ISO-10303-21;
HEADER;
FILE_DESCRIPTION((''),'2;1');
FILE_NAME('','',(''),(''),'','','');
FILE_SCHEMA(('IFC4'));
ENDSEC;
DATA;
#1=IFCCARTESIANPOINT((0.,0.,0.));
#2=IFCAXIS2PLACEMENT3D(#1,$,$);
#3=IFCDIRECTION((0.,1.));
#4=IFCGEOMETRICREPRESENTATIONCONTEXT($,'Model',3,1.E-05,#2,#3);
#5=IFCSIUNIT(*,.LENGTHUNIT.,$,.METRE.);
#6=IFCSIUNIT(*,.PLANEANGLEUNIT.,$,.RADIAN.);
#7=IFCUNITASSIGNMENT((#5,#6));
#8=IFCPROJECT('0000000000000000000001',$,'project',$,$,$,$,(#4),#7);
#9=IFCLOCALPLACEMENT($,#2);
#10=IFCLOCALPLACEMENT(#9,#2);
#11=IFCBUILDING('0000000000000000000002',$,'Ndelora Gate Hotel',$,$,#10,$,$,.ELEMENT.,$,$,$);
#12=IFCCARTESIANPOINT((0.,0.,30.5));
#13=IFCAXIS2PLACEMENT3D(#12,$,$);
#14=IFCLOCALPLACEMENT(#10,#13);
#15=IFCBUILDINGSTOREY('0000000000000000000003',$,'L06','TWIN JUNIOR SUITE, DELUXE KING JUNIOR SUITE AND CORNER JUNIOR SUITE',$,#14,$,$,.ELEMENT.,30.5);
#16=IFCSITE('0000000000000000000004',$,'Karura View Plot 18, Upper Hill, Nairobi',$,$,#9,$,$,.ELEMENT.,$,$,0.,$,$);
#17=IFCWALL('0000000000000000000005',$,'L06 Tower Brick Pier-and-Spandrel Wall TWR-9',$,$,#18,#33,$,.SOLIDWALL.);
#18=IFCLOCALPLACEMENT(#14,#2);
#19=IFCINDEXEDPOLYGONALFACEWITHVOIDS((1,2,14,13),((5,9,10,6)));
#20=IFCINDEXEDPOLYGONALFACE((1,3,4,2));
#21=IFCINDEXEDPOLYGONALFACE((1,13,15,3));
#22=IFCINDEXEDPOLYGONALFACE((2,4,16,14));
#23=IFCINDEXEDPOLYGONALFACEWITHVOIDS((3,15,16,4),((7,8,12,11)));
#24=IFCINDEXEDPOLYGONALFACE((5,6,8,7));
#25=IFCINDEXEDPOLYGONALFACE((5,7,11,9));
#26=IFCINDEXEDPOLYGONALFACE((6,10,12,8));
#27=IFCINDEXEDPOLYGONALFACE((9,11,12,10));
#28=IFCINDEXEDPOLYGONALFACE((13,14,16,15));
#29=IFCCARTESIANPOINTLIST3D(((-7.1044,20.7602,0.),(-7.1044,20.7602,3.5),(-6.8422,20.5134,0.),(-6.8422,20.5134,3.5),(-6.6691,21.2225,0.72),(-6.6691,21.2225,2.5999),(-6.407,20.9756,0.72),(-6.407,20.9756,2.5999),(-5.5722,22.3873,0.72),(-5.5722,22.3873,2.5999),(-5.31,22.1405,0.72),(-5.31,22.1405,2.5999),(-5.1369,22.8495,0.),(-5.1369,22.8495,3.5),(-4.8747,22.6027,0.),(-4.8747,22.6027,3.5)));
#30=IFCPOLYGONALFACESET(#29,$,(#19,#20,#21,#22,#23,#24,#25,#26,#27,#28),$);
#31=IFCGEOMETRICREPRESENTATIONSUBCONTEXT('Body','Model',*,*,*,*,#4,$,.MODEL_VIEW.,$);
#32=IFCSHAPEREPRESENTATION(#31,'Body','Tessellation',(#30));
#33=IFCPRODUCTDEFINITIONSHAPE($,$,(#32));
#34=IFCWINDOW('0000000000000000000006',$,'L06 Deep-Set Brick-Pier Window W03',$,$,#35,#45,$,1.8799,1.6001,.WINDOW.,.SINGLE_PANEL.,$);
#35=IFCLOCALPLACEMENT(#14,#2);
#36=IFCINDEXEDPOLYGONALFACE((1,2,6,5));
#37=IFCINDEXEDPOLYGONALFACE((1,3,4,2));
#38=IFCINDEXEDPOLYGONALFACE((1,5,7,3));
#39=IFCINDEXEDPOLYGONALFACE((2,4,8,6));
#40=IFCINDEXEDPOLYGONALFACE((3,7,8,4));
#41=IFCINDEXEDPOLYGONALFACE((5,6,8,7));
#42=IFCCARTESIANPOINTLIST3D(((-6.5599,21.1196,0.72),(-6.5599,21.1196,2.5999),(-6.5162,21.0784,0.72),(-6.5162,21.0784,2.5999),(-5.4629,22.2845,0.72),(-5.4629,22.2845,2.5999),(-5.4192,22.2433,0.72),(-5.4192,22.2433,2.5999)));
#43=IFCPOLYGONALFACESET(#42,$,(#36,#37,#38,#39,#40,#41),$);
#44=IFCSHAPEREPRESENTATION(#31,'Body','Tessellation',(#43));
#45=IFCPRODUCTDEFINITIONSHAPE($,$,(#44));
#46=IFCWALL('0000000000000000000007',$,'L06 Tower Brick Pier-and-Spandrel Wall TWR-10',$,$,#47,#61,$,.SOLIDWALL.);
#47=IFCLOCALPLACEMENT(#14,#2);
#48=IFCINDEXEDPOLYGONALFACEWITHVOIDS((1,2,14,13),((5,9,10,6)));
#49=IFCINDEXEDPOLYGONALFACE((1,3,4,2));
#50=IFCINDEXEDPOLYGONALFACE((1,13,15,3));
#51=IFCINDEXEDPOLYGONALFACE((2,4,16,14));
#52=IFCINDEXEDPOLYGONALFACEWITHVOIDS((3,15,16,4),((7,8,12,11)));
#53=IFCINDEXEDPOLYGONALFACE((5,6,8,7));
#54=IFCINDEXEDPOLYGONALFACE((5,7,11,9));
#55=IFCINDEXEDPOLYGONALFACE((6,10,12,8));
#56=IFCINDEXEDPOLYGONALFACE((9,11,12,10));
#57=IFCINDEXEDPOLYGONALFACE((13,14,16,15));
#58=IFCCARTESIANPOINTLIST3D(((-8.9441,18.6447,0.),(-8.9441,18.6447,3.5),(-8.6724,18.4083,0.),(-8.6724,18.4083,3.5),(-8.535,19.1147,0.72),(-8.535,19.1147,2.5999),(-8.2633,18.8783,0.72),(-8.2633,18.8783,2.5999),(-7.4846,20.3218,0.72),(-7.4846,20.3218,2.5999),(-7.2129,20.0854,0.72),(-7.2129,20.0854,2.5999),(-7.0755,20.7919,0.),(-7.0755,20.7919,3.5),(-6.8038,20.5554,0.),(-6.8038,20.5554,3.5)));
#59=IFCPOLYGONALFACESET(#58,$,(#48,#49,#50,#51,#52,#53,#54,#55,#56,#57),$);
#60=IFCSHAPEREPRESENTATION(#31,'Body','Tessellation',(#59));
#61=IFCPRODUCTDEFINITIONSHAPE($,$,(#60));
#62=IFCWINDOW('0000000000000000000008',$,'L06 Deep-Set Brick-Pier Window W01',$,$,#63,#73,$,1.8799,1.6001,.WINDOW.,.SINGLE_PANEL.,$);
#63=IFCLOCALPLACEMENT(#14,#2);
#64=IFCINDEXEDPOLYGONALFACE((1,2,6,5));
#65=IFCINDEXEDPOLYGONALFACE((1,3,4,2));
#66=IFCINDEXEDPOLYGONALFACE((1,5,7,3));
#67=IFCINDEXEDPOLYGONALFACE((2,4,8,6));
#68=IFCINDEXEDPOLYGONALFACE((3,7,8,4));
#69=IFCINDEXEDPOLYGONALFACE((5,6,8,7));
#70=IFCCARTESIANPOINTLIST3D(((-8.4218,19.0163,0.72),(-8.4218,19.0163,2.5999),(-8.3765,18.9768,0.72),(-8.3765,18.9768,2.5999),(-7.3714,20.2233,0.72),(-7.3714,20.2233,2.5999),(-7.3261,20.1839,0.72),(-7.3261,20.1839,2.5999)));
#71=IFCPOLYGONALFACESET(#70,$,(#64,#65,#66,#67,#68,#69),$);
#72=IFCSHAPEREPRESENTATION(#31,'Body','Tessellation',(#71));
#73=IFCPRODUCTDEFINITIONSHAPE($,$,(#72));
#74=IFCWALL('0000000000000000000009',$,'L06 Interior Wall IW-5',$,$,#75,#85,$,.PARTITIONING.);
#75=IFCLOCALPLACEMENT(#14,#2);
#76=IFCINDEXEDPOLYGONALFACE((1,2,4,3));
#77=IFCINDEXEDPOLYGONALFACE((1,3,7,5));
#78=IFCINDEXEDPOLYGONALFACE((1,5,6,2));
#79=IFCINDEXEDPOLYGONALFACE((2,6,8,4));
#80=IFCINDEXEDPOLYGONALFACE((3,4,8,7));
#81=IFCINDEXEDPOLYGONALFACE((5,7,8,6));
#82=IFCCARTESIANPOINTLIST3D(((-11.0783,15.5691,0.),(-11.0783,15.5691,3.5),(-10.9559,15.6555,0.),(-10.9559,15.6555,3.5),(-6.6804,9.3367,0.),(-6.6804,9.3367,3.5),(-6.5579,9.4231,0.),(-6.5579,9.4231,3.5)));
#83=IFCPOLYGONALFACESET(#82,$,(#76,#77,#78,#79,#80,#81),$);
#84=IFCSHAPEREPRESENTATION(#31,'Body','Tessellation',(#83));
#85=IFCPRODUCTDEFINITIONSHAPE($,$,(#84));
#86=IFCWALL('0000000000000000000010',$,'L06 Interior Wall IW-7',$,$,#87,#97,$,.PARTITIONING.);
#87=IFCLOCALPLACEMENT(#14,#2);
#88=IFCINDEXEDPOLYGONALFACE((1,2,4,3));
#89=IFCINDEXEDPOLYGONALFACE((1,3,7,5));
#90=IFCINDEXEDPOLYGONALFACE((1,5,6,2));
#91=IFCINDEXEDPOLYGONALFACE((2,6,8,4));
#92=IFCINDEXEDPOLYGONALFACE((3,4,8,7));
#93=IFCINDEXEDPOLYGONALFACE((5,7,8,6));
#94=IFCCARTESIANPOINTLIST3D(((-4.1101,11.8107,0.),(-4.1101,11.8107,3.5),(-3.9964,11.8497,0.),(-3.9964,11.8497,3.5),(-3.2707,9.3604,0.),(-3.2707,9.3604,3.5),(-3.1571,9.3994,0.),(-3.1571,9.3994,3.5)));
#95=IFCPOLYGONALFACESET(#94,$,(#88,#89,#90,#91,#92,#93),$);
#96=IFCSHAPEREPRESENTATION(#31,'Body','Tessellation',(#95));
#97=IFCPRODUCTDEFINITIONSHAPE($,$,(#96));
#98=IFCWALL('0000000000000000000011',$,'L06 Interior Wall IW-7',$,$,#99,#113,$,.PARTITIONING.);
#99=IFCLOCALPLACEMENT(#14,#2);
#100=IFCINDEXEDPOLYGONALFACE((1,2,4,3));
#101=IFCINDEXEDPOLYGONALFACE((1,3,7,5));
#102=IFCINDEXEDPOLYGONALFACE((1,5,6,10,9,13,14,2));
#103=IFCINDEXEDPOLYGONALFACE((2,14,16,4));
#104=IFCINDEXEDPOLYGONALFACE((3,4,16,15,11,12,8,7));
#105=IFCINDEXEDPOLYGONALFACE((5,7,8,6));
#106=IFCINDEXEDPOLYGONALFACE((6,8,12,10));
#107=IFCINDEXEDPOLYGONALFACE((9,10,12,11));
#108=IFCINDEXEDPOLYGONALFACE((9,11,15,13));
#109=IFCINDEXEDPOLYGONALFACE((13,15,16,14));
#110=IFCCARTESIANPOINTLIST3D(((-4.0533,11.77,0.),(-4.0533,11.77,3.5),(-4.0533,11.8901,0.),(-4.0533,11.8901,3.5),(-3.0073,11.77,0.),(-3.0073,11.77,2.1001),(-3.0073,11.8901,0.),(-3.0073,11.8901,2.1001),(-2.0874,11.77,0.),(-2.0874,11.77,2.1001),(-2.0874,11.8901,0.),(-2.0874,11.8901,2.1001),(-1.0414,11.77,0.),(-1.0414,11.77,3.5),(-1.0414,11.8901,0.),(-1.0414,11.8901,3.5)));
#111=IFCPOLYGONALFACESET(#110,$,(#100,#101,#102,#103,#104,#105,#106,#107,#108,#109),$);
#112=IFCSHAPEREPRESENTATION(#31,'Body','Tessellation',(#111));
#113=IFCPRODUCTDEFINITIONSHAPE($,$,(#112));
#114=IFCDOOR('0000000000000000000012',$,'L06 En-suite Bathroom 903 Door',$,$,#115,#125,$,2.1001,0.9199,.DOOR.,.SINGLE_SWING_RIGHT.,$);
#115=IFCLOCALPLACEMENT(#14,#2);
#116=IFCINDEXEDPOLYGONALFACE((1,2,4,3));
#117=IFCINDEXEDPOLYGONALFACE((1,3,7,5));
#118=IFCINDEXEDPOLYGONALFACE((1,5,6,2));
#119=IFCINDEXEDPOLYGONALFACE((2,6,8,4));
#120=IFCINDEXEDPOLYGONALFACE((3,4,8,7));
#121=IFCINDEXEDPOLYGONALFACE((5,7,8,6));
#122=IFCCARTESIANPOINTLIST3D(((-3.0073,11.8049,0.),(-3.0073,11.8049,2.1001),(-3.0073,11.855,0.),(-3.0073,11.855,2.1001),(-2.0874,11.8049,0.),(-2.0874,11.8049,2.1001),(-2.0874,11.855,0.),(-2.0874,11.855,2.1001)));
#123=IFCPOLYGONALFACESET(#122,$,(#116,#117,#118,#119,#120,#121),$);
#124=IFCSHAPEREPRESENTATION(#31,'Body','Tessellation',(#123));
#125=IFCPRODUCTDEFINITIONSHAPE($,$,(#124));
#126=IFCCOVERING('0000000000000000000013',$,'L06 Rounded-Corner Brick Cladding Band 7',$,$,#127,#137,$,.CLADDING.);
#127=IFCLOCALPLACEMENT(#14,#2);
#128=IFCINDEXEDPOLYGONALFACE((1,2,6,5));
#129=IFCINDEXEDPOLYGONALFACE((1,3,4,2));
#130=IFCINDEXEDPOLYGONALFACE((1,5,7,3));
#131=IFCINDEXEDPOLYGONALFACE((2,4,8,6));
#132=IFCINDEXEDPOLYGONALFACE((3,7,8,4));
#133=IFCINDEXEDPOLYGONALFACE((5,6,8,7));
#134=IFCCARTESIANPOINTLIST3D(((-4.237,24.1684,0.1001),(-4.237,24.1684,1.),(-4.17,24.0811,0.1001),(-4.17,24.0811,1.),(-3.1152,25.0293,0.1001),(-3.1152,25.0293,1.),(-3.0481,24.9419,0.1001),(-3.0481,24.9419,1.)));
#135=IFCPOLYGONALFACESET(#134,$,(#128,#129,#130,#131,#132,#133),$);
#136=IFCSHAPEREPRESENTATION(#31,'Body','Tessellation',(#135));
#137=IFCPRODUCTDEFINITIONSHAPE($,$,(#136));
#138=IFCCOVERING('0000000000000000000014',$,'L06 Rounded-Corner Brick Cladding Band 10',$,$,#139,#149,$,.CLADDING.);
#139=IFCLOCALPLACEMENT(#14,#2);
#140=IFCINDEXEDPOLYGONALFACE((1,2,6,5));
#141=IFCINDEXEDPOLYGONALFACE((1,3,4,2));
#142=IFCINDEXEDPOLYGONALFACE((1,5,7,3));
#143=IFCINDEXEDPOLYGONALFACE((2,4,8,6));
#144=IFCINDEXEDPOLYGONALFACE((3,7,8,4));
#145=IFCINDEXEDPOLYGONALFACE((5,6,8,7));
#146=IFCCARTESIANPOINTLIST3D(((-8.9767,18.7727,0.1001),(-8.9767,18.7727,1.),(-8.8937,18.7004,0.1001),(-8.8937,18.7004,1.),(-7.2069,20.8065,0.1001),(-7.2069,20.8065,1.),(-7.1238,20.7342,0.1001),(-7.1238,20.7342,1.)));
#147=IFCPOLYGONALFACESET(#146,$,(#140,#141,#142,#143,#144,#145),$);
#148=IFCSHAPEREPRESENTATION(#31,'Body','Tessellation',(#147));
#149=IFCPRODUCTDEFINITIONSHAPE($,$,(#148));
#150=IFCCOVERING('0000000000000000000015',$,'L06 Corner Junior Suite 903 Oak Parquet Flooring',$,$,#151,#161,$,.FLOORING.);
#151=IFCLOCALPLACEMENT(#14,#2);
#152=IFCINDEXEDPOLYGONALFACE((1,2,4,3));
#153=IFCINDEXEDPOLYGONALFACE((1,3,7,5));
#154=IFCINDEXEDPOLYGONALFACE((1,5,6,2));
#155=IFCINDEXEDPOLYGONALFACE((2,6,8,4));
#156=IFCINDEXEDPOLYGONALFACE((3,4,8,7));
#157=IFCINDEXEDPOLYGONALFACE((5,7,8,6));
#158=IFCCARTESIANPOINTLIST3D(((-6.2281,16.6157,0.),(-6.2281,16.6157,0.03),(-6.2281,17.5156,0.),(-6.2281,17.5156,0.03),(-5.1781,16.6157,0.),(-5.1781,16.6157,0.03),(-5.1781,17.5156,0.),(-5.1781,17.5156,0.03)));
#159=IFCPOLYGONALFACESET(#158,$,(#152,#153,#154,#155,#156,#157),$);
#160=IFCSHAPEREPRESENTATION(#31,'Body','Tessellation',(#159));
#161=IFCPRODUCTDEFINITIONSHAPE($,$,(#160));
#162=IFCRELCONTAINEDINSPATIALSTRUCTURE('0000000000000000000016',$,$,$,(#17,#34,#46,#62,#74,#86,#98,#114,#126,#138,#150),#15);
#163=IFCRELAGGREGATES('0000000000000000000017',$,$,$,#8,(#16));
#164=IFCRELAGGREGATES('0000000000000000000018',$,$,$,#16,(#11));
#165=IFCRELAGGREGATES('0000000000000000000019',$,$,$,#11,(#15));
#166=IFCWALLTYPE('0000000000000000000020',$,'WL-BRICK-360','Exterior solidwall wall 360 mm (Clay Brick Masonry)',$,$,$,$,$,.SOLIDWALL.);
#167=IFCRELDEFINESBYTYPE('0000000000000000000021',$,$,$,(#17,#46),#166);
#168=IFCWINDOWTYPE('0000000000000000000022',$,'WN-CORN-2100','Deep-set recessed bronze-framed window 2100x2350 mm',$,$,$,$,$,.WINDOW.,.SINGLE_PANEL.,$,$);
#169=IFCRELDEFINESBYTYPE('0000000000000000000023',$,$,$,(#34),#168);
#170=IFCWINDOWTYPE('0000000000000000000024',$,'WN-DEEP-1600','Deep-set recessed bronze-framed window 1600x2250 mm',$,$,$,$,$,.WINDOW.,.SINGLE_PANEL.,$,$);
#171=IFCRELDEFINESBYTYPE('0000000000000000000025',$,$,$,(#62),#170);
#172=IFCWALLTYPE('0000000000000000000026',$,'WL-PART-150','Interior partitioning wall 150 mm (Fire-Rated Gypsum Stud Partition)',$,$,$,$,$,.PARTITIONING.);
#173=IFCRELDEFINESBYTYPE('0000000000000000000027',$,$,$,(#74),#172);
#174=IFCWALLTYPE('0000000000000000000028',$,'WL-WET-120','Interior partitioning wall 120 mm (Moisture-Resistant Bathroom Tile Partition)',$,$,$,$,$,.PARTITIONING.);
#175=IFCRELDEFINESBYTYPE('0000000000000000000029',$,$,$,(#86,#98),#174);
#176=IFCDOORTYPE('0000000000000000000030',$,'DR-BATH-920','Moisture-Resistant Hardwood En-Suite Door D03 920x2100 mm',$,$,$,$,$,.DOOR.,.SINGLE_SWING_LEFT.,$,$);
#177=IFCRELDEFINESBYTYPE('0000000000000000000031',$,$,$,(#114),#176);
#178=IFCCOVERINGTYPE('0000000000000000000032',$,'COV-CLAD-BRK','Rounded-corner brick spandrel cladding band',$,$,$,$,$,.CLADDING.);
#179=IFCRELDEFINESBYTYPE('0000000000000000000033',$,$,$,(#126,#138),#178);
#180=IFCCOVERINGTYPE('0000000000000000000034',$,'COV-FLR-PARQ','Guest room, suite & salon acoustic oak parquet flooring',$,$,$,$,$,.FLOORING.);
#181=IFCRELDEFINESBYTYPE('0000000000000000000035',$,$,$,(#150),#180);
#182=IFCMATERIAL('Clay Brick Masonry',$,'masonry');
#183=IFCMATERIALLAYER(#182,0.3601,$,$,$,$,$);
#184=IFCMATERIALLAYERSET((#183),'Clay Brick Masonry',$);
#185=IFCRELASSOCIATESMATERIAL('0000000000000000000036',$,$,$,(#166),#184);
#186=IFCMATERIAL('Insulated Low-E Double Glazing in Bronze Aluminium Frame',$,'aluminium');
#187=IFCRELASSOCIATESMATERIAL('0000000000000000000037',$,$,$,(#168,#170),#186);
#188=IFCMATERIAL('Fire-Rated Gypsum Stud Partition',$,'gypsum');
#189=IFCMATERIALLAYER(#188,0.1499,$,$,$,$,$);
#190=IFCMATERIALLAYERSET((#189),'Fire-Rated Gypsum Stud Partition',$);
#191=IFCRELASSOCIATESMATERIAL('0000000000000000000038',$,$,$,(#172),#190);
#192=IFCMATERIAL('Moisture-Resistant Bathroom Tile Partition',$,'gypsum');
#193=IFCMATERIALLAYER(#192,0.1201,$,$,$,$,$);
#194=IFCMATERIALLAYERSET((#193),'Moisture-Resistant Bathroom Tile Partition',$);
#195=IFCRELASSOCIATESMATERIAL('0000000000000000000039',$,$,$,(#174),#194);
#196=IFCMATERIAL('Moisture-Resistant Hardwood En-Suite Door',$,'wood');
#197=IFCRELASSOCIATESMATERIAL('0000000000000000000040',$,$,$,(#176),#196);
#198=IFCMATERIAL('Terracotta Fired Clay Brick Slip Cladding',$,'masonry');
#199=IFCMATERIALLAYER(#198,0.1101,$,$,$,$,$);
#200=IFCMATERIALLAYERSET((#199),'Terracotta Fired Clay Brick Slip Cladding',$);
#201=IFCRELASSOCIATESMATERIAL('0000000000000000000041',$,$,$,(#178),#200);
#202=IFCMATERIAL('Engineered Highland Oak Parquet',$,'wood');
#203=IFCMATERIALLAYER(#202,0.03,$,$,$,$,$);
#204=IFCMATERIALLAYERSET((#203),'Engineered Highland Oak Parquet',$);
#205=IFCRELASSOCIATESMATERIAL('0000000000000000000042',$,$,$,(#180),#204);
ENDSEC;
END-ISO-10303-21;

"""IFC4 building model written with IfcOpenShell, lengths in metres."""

from ifc_helpers import new_model, si_unit, direction, frame, frame_2d, origin, origin_2d, place, context, subcontext, project, spatial, rectangle, extrude, material, layer, layer_set, type_object, element, fill, save


model = new_model("IFC4")

# Units and contexts
model_context = context("Model", 3, precision=1e-05, world=origin(), true_north=direction((0.0, 1.0)))
body_context = subcontext(model_context, "Body", "Model", "MODEL_VIEW")
ifc_project = project(units=[si_unit("LENGTHUNIT", "METRE"), si_unit("PLANEANGLEUNIT", "RADIAN")], contexts=[model_context])

# Site, building, storey
site_placement = place(None, origin())
site = spatial("IfcSite", under=ifc_project, at=site_placement, Name="Karura View Plot 18, Upper Hill, Nairobi", CompositionType="ELEMENT", RefElevation=0.0)
building_placement = place(site_placement, origin())
building = spatial("IfcBuilding", under=site, at=building_placement, Name="Ndelora Gate Hotel", CompositionType="ELEMENT")
storey_placement = place(building_placement, frame((0.0, 0.0, 30.5)))
storey = spatial("IfcBuildingStorey", under=building, at=storey_placement, Name="L06", Description="TWIN JUNIOR SUITE, DELUXE KING JUNIOR SUITE AND CORNER JUNIOR SUITE", CompositionType="ELEMENT", Elevation=30.5)

# Shared definitions
ifc_material_1 = material(Name="Clay Brick Masonry", Category="masonry")
ifc_layer_1 = layer(ifc_material_1, 0.3601)
ifc_layer_set_1 = layer_set([ifc_layer_1], Name="Clay Brick Masonry")
wall_type_1 = type_object("IfcWallType", Name="WL-BRICK-360", Description="Exterior solidwall wall 360 mm (Clay Brick Masonry)", PredefinedType="SOLIDWALL", material=ifc_layer_set_1)

# Walls, openings, windows
wall_1_placement = place(storey_placement, frame((-6.9734, 20.6367, 0.0), z_axis=(0.0, 0.0, 1.0), x_axis=(0.685564, 0.728013, 0.0)))
wall_1 = element("IfcWall", 1, at=wall_1_placement, inside=storey, type_object=wall_type_1, Name="L06 Tower Brick Pier-and-Spandrel Wall TWR-9", PredefinedType="SOLIDWALL", context=body_context, shape_type="SweptSolid", body=[
    extrude(rectangle(XDim=2.8699, YDim=0.3601, at=frame_2d((1.4351, 0.0))), origin(), (0.0, 0.0, 1.0), 3.5),
])
opening_1_placement = place(wall_1_placement, frame((0.635, 0.0, 0.72)))
opening_1 = element("IfcOpeningElement", 2, at=opening_1_placement, cuts=wall_1, PredefinedType="OPENING", context=body_context, shape_type="SweptSolid", body=[
    extrude(rectangle(XDim=1.6001, YDim=1.8799, at=frame_2d((0.8, 0.9399))), frame((0.0, 0.1899, 0.0), z_axis=(0.0, -1.0, 0.0), x_axis=(1.0, 0.0, 0.0)), (0.0, 0.0, 1.0), 0.3801),
])
ifc_material_2 = material(Name="Insulated Low-E Double Glazing in Bronze Aluminium Frame", Category="aluminium")
window_type_1 = type_object("IfcWindowType", Name="WN-CORN-2100", Description="Deep-set recessed bronze-framed window 2100x2350 mm", PartitioningType="SINGLE_PANEL", PredefinedType="WINDOW", material=ifc_material_2)
window_1_placement = place(opening_1_placement, origin())
window_1 = element("IfcWindow", 3, at=window_1_placement, inside=storey, type_object=window_type_1, Name="L06 Deep-Set Brick-Pier Window W03", OverallHeight=1.8799, OverallWidth=1.6001, PartitioningType="SINGLE_PANEL", PredefinedType="WINDOW", context=body_context, shape_type="SweptSolid", body=[
    extrude(rectangle(XDim=1.6001, YDim=1.8799, at=frame_2d((0.8, 0.9399))), frame((0.0, 0.03, 0.0), z_axis=(0.0, -1.0, 0.0), x_axis=(1.0, 0.0, 0.0)), (0.0, 0.0, 1.0), 0.0601),
])
fill(opening_1, window_1)
wall_2_placement = place(storey_placement, frame((-8.8083, 18.5264, 0.0), z_axis=(0.0, 0.0, 1.0), x_axis=(0.65648, 0.754343, 0.0)))
wall_2 = element("IfcWall", 4, at=wall_2_placement, inside=storey, type_object=wall_type_1, Name="L06 Tower Brick Pier-and-Spandrel Wall TWR-10", PredefinedType="SOLIDWALL", context=body_context, shape_type="SweptSolid", body=[
    extrude(rectangle(XDim=2.8464, YDim=0.3601, at=frame_2d((1.4233, 0.0))), origin(), (0.0, 0.0, 1.0), 3.5),
])
opening_2_placement = place(wall_2_placement, frame((0.6233, 0.0, 0.72)))
opening_2 = element("IfcOpeningElement", 5, at=opening_2_placement, cuts=wall_2, PredefinedType="OPENING", context=body_context, shape_type="SweptSolid", body=[
    extrude(rectangle(XDim=1.6001, YDim=1.8799, at=frame_2d((0.8, 0.9399))), frame((0.0, 0.1899, 0.0), z_axis=(0.0, -1.0, 0.0), x_axis=(1.0, 0.0, 0.0)), (0.0, 0.0, 1.0), 0.3801),
])
window_type_2 = type_object("IfcWindowType", Name="WN-DEEP-1600", Description="Deep-set recessed bronze-framed window 1600x2250 mm", PartitioningType="SINGLE_PANEL", PredefinedType="WINDOW", material=ifc_material_2)
window_2_placement = place(opening_2_placement, origin())
window_2 = element("IfcWindow", 6, at=window_2_placement, inside=storey, type_object=window_type_2, Name="L06 Deep-Set Brick-Pier Window W01", OverallHeight=1.8799, OverallWidth=1.6001, PartitioningType="SINGLE_PANEL", PredefinedType="WINDOW", context=body_context, shape_type="SweptSolid", body=[
    extrude(rectangle(XDim=1.6001, YDim=1.8799, at=frame_2d((0.8, 0.9399))), frame((0.0, 0.03, 0.0), z_axis=(0.0, -1.0, 0.0), x_axis=(1.0, 0.0, 0.0)), (0.0, 0.0, 1.0), 0.0601),
])
fill(opening_2, window_2)

# Walls
ifc_material_3 = material(Name="Fire-Rated Gypsum Stud Partition", Category="gypsum")
ifc_layer_2 = layer(ifc_material_3, 0.1499)
ifc_layer_set_2 = layer_set([ifc_layer_2], Name="Fire-Rated Gypsum Stud Partition")
wall_type_2 = type_object("IfcWallType", Name="WL-PART-150", Description="Interior partitioning wall 150 mm (Fire-Rated Gypsum Stud Partition)", PredefinedType="PARTITIONING", material=ifc_layer_set_2)
wall_3_placement = place(storey_placement, frame((-6.6191, 9.3799, 0.0), z_axis=(0.0, 0.0, 1.0), x_axis=(-0.57656, 0.817055, 0.0)))
element("IfcWall", 7, at=wall_3_placement, inside=storey, type_object=wall_type_2, Name="L06 Interior Wall IW-5", PredefinedType="PARTITIONING", context=body_context, shape_type="SweptSolid", body=[
    extrude(rectangle(XDim=7.6279, YDim=0.1499, at=frame_2d((3.814, 0.0))), origin(), (0.0, 0.0, 1.0), 3.5),
])
ifc_material_4 = material(Name="Moisture-Resistant Bathroom Tile Partition", Category="gypsum")
ifc_layer_3 = layer(ifc_material_4, 0.1201)
ifc_layer_set_3 = layer_set([ifc_layer_3], Name="Moisture-Resistant Bathroom Tile Partition")
wall_type_3 = type_object("IfcWallType", Name="WL-WET-120", Description="Interior partitioning wall 120 mm (Moisture-Resistant Bathroom Tile Partition)", PredefinedType="PARTITIONING", material=ifc_layer_set_3)
wall_4_placement = place(storey_placement, frame((-4.0532, 11.8301, 0.0), z_axis=(0.0, 0.0, 1.0), x_axis=(0.324078, -0.94603, 0.0)))
element("IfcWall", 8, at=wall_4_placement, inside=storey, type_object=wall_type_3, Name="L06 Interior Wall IW-7", PredefinedType="PARTITIONING", context=body_context, shape_type="SweptSolid", body=[
    extrude(rectangle(XDim=2.5901, YDim=0.1201, at=frame_2d((1.2949, 0.0))), origin(), (0.0, 0.0, 1.0), 3.5),
])

# Wall, opening, door
wall_5_placement = place(storey_placement, frame((-4.0532, 11.8301, 0.0), z_axis=(0.0, 0.0, 1.0), x_axis=(1.0, 0.0, 0.0)))
wall_5 = element("IfcWall", 9, at=wall_5_placement, inside=storey, type_object=wall_type_3, Name="L06 Interior Wall IW-7", PredefinedType="PARTITIONING", context=body_context, shape_type="SweptSolid", body=[
    extrude(rectangle(XDim=3.012, YDim=0.1201, at=frame_2d((1.5059, 0.0))), origin(), (0.0, 0.0, 1.0), 3.5),
])
opening_3_placement = place(wall_5_placement, frame((1.0459, 0.0, 0.0)))
opening_3 = element("IfcOpeningElement", 10, at=opening_3_placement, cuts=wall_5, PredefinedType="OPENING", context=body_context, shape_type="SweptSolid", body=[
    extrude(rectangle(XDim=0.9199, YDim=2.1001, at=frame_2d((0.46, 1.05))), frame((0.0, 0.0701, 0.0), z_axis=(0.0, -1.0, 0.0), x_axis=(1.0, 0.0, 0.0)), (0.0, 0.0, 1.0), 0.1401),
])
ifc_material_5 = material(Name="Moisture-Resistant Hardwood En-Suite Door", Category="wood")
door_type = type_object("IfcDoorType", Name="DR-BATH-920", Description="Moisture-Resistant Hardwood En-Suite Door D03 920x2100 mm", OperationType="SINGLE_SWING_LEFT", PredefinedType="DOOR", material=ifc_material_5)
door_placement = place(opening_3_placement, origin())
door = element("IfcDoor", 11, at=door_placement, inside=storey, type_object=door_type, Name="L06 En-suite Bathroom 903 Door", OperationType="SINGLE_SWING_RIGHT", OverallHeight=2.1001, OverallWidth=0.9199, PredefinedType="DOOR", context=body_context, shape_type="SweptSolid", body=[
    extrude(rectangle(XDim=0.9199, YDim=2.1001, at=frame_2d((0.46, 1.05))), frame((0.0, 0.0249, 0.0), z_axis=(0.0, -1.0, 0.0), x_axis=(1.0, 0.0, 0.0)), (0.0, 0.0, 1.0), 0.05),
])
fill(opening_3, door)

# Coverings
ifc_material_6 = material(Name="Terracotta Fired Clay Brick Slip Cladding", Category="masonry")
ifc_layer_4 = layer(ifc_material_6, 0.1101)
ifc_layer_set_4 = layer_set([ifc_layer_4], Name="Terracotta Fired Clay Brick Slip Cladding")
covering_type_1 = type_object("IfcCoveringType", Name="COV-CLAD-BRK", Description="Rounded-corner brick spandrel cladding band", PredefinedType="CLADDING", material=ifc_layer_set_4)
covering_1_placement = place(storey_placement, frame((-3.6426, 24.5552, 0.1001), z_axis=(0.0, 0.0, 1.0), x_axis=(0.793353, 0.608761, 0.0)))
element("IfcCovering", 12, at=covering_1_placement, inside=storey, type_object=covering_type_1, Name="L06 Rounded-Corner Brick Cladding Band 7", PredefinedType="CLADDING", context=body_context, shape_type="SweptSolid", body=[
    extrude(rectangle(XDim=1.4141, YDim=0.1101, at=origin_2d()), origin(), (0.0, 0.0, 1.0), 0.8999),
])
covering_2_placement = place(storey_placement, frame((-8.0503, 19.7534, 0.1001), z_axis=(0.0, 0.0, 1.0), x_axis=(0.656454, 0.754366, 0.0)))
element("IfcCovering", 13, at=covering_2_placement, inside=storey, type_object=covering_type_1, Name="L06 Rounded-Corner Brick Cladding Band 10", PredefinedType="CLADDING", context=body_context, shape_type="SweptSolid", body=[
    extrude(rectangle(XDim=2.696, YDim=0.1101, at=origin_2d()), origin(), (0.0, 0.0, 1.0), 0.8999),
])
ifc_material_7 = material(Name="Engineered Highland Oak Parquet", Category="wood")
ifc_layer_5 = layer(ifc_material_7, 0.03)
ifc_layer_set_5 = layer_set([ifc_layer_5], Name="Engineered Highland Oak Parquet")
covering_type_2 = type_object("IfcCoveringType", Name="COV-FLR-PARQ", Description="Guest room, suite & salon acoustic oak parquet flooring", PredefinedType="FLOORING", material=ifc_layer_set_5)
covering_3_placement = place(storey_placement, frame((-5.7031, 17.0657, 0.0), z_axis=(0.0, 0.0, 1.0), x_axis=(1.0, 0.0, 0.0)))
element("IfcCovering", 14, at=covering_3_placement, inside=storey, type_object=covering_type_2, Name="L06 Corner Junior Suite 903 Oak Parquet Flooring", PredefinedType="FLOORING", context=body_context, shape_type="SweptSolid", body=[
    extrude(rectangle(XDim=1.05, YDim=0.8999, at=origin_2d()), origin(), (0.0, 0.0, 1.0), 0.03),
])

save(model, "model.ifc")
